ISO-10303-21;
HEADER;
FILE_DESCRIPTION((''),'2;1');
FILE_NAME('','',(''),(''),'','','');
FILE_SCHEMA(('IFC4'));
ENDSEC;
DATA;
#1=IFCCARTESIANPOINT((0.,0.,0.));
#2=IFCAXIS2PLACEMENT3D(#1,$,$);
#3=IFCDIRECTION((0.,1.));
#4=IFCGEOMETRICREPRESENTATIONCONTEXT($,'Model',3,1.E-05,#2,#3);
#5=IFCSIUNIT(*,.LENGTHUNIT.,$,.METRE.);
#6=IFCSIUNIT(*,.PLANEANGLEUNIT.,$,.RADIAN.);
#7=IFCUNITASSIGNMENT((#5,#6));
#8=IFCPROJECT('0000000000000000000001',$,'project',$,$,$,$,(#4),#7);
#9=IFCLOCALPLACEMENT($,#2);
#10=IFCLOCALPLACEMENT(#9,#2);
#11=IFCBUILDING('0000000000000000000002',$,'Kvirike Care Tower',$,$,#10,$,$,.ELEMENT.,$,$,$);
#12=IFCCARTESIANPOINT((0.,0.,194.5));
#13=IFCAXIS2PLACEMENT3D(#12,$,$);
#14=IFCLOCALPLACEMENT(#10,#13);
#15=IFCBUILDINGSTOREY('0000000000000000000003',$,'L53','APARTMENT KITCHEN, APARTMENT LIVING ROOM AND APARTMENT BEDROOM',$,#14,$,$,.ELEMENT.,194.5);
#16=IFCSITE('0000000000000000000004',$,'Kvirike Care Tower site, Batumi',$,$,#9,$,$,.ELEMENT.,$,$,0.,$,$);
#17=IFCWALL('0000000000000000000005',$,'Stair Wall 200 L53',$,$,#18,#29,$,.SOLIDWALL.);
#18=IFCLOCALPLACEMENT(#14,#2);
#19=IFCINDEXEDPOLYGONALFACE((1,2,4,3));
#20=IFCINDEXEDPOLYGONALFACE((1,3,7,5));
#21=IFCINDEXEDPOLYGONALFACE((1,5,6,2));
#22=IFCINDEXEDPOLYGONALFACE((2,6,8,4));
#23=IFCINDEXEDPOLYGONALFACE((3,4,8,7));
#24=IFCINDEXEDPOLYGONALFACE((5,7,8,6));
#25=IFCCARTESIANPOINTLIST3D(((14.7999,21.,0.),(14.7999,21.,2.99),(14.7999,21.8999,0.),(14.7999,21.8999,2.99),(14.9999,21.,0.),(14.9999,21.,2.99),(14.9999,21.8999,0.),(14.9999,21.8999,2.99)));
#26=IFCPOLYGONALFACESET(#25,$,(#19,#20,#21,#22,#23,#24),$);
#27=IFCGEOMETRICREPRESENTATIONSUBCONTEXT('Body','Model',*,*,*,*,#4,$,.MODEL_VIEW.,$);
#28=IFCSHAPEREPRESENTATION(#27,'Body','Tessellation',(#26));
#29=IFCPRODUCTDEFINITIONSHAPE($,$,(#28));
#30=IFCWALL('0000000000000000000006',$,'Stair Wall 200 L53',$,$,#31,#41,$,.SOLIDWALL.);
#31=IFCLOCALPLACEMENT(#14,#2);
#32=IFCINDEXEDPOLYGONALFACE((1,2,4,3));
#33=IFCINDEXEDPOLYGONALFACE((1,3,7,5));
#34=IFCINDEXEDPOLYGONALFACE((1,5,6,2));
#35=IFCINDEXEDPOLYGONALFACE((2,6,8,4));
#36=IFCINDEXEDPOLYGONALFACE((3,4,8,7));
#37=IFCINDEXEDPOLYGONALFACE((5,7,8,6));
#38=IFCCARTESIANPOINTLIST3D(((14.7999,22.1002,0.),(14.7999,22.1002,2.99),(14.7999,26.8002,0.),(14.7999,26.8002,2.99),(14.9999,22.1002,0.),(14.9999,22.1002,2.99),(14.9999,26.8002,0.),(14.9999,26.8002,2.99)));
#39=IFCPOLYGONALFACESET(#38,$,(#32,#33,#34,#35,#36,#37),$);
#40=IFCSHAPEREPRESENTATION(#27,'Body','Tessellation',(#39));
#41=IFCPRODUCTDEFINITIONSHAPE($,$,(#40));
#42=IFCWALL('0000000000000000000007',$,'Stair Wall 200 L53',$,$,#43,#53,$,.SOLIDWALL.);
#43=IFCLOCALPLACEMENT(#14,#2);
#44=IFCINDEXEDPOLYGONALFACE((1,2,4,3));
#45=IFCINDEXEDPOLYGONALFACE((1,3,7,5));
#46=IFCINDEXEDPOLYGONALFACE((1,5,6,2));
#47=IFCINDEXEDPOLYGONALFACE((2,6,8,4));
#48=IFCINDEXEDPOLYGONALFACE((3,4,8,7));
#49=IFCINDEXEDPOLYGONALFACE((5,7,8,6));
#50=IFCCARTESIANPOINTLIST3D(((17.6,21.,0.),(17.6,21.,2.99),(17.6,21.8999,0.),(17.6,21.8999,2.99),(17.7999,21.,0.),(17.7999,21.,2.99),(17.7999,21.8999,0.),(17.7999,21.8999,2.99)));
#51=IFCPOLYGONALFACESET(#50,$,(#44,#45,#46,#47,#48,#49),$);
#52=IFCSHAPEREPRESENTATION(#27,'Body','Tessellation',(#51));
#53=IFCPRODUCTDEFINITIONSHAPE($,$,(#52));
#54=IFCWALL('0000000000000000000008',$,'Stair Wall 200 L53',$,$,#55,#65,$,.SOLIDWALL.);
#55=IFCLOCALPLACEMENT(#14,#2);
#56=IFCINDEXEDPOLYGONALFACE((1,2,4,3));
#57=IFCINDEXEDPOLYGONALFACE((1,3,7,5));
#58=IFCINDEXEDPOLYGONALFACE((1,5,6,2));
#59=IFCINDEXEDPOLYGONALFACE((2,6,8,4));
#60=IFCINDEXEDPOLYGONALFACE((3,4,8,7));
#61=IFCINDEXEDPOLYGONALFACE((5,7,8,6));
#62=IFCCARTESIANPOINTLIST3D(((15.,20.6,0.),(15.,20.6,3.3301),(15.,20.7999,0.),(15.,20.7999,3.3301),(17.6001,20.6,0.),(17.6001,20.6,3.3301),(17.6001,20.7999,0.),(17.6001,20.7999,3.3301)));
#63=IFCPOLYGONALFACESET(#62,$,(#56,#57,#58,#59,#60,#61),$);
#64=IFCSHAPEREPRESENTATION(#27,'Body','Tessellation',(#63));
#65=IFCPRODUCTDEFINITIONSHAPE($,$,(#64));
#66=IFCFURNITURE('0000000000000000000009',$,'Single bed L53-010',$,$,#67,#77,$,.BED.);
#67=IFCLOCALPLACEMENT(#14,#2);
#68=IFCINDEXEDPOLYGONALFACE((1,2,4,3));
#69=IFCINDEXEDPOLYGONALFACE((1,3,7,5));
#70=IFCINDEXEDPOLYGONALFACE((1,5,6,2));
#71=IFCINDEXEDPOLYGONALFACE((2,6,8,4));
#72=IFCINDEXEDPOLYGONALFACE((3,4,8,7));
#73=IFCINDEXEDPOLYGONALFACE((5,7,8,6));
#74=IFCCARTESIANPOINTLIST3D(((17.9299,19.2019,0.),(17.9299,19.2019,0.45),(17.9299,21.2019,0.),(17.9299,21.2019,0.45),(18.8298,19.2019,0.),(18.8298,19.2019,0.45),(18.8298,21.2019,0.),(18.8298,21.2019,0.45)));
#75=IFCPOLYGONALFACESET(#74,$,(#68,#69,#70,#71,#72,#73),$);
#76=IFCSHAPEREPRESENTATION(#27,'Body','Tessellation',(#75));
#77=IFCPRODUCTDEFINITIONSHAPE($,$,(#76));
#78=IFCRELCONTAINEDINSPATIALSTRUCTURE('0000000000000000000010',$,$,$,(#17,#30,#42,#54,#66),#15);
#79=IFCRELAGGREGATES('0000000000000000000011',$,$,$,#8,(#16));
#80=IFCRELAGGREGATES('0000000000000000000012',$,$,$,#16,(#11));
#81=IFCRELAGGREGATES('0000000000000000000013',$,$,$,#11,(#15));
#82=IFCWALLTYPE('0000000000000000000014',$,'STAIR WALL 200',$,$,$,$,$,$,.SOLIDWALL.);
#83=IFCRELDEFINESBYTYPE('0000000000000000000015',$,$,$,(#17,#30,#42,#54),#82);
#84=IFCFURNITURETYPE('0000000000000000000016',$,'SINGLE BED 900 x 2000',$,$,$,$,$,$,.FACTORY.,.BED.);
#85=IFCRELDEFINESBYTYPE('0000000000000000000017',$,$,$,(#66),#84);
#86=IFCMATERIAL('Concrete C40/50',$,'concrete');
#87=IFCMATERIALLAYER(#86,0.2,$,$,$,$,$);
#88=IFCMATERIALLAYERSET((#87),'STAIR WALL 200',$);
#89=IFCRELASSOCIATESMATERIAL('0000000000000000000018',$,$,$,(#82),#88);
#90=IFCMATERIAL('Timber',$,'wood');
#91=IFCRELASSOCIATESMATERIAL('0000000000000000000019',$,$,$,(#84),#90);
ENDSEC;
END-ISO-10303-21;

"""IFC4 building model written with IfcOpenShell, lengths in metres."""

from ifc_helpers import new_model, si_unit, direction, frame, frame_2d, origin, origin_2d, place, context, subcontext, project, spatial, rectangle, extrude, material, layer, layer_set, type_object, element, save


model = new_model("IFC4")

# Units and contexts
model_context = context("Model", 3, precision=1e-05, world=origin(), true_north=direction((0.0, 1.0)))
body_context = subcontext(model_context, "Body", "Model", "MODEL_VIEW")
ifc_project = project(units=[si_unit("LENGTHUNIT", "METRE"), si_unit("PLANEANGLEUNIT", "RADIAN")], contexts=[model_context])

# Site, building, storey
site_placement = place(None, origin())
site = spatial("IfcSite", under=ifc_project, at=site_placement, Name="Kvirike Care Tower site, Batumi", CompositionType="ELEMENT", RefElevation=0.0)
building_placement = place(site_placement, origin())
building = spatial("IfcBuilding", under=site, at=building_placement, Name="Kvirike Care Tower", CompositionType="ELEMENT")
storey_placement = place(building_placement, frame((0.0, 0.0, 194.5)))
storey = spatial("IfcBuildingStorey", under=building, at=storey_placement, Name="L53", Description="APARTMENT KITCHEN, APARTMENT LIVING ROOM AND APARTMENT BEDROOM", CompositionType="ELEMENT", Elevation=194.5)

# Walls
ifc_material_1 = material(Name="Concrete C40/50", Category="concrete")
ifc_layer_1 = layer(ifc_material_1, 0.2)
ifc_layer_set_1 = layer_set([ifc_layer_1], Name="STAIR WALL 200")
wall_type = type_object("IfcWallType", Name="STAIR WALL 200", PredefinedType="SOLIDWALL", material=ifc_layer_set_1)
wall_1_placement = place(storey_placement, frame((14.8999, 21.0, 0.0), z_axis=(0.0, 0.0, 1.0), x_axis=(0.0, 1.0, 0.0)))
element("IfcWall", 1, at=wall_1_placement, inside=storey, type_object=wall_type, Name="Stair Wall 200 L53", PredefinedType="SOLIDWALL", context=body_context, shape_type="SweptSolid", body=[
    extrude(rectangle(XDim=0.8999, YDim=0.2, at=frame_2d((0.45, 0.0))), origin(), (0.0, 0.0, 1.0), 2.99),
])
wall_2_placement = place(storey_placement, frame((14.8999, 22.1001, 0.0), z_axis=(0.0, 0.0, 1.0), x_axis=(0.0, 1.0, 0.0)))
element("IfcWall", 2, at=wall_2_placement, inside=storey, type_object=wall_type, Name="Stair Wall 200 L53", PredefinedType="SOLIDWALL", context=body_context, shape_type="SweptSolid", body=[
    extrude(rectangle(XDim=4.7, YDim=0.2, at=frame_2d((2.3501, 0.0))), origin(), (0.0, 0.0, 1.0), 2.99),
])
wall_3_placement = place(storey_placement, frame((17.7, 21.0, 0.0), z_axis=(0.0, 0.0, 1.0), x_axis=(0.0, 1.0, 0.0)))
element("IfcWall", 3, at=wall_3_placement, inside=storey, type_object=wall_type, Name="Stair Wall 200 L53", PredefinedType="SOLIDWALL", context=body_context, shape_type="SweptSolid", body=[
    extrude(rectangle(XDim=0.8999, YDim=0.2, at=frame_2d((0.45, 0.0))), origin(), (0.0, 0.0, 1.0), 2.99),
])
wall_4_placement = place(storey_placement, frame((15.0, 20.7, 0.0), z_axis=(0.0, 0.0, 1.0), x_axis=(1.0, 0.0, 0.0)))
element("IfcWall", 4, at=wall_4_placement, inside=storey, type_object=wall_type, Name="Stair Wall 200 L53", PredefinedType="SOLIDWALL", context=body_context, shape_type="SweptSolid", body=[
    extrude(rectangle(XDim=2.6001, YDim=0.2, at=frame_2d((1.3, 0.0))), origin(), (0.0, 0.0, 1.0), 3.3301),
])

# Furniture
ifc_material_2 = material(Name="Timber", Category="wood")
furniture_type = type_object("IfcFurnitureType", Name="SINGLE BED 900 x 2000", AssemblyPlace="FACTORY", PredefinedType="BED", material=ifc_material_2)
furniture_placement = place(storey_placement, frame((18.3799, 20.2019, 0.0), z_axis=(0.0, 0.0, 1.0), x_axis=(-1.0, 0.0, 0.0)))
element("IfcFurniture", 5, at=furniture_placement, inside=storey, type_object=furniture_type, Name="Single bed L53-010", PredefinedType="BED", context=body_context, shape_type="SweptSolid", body=[
    extrude(rectangle(XDim=0.8999, YDim=2.0, at=origin_2d()), origin(), (0.0, 0.0, 1.0), 0.45),
])

save(model, "model.ifc")
